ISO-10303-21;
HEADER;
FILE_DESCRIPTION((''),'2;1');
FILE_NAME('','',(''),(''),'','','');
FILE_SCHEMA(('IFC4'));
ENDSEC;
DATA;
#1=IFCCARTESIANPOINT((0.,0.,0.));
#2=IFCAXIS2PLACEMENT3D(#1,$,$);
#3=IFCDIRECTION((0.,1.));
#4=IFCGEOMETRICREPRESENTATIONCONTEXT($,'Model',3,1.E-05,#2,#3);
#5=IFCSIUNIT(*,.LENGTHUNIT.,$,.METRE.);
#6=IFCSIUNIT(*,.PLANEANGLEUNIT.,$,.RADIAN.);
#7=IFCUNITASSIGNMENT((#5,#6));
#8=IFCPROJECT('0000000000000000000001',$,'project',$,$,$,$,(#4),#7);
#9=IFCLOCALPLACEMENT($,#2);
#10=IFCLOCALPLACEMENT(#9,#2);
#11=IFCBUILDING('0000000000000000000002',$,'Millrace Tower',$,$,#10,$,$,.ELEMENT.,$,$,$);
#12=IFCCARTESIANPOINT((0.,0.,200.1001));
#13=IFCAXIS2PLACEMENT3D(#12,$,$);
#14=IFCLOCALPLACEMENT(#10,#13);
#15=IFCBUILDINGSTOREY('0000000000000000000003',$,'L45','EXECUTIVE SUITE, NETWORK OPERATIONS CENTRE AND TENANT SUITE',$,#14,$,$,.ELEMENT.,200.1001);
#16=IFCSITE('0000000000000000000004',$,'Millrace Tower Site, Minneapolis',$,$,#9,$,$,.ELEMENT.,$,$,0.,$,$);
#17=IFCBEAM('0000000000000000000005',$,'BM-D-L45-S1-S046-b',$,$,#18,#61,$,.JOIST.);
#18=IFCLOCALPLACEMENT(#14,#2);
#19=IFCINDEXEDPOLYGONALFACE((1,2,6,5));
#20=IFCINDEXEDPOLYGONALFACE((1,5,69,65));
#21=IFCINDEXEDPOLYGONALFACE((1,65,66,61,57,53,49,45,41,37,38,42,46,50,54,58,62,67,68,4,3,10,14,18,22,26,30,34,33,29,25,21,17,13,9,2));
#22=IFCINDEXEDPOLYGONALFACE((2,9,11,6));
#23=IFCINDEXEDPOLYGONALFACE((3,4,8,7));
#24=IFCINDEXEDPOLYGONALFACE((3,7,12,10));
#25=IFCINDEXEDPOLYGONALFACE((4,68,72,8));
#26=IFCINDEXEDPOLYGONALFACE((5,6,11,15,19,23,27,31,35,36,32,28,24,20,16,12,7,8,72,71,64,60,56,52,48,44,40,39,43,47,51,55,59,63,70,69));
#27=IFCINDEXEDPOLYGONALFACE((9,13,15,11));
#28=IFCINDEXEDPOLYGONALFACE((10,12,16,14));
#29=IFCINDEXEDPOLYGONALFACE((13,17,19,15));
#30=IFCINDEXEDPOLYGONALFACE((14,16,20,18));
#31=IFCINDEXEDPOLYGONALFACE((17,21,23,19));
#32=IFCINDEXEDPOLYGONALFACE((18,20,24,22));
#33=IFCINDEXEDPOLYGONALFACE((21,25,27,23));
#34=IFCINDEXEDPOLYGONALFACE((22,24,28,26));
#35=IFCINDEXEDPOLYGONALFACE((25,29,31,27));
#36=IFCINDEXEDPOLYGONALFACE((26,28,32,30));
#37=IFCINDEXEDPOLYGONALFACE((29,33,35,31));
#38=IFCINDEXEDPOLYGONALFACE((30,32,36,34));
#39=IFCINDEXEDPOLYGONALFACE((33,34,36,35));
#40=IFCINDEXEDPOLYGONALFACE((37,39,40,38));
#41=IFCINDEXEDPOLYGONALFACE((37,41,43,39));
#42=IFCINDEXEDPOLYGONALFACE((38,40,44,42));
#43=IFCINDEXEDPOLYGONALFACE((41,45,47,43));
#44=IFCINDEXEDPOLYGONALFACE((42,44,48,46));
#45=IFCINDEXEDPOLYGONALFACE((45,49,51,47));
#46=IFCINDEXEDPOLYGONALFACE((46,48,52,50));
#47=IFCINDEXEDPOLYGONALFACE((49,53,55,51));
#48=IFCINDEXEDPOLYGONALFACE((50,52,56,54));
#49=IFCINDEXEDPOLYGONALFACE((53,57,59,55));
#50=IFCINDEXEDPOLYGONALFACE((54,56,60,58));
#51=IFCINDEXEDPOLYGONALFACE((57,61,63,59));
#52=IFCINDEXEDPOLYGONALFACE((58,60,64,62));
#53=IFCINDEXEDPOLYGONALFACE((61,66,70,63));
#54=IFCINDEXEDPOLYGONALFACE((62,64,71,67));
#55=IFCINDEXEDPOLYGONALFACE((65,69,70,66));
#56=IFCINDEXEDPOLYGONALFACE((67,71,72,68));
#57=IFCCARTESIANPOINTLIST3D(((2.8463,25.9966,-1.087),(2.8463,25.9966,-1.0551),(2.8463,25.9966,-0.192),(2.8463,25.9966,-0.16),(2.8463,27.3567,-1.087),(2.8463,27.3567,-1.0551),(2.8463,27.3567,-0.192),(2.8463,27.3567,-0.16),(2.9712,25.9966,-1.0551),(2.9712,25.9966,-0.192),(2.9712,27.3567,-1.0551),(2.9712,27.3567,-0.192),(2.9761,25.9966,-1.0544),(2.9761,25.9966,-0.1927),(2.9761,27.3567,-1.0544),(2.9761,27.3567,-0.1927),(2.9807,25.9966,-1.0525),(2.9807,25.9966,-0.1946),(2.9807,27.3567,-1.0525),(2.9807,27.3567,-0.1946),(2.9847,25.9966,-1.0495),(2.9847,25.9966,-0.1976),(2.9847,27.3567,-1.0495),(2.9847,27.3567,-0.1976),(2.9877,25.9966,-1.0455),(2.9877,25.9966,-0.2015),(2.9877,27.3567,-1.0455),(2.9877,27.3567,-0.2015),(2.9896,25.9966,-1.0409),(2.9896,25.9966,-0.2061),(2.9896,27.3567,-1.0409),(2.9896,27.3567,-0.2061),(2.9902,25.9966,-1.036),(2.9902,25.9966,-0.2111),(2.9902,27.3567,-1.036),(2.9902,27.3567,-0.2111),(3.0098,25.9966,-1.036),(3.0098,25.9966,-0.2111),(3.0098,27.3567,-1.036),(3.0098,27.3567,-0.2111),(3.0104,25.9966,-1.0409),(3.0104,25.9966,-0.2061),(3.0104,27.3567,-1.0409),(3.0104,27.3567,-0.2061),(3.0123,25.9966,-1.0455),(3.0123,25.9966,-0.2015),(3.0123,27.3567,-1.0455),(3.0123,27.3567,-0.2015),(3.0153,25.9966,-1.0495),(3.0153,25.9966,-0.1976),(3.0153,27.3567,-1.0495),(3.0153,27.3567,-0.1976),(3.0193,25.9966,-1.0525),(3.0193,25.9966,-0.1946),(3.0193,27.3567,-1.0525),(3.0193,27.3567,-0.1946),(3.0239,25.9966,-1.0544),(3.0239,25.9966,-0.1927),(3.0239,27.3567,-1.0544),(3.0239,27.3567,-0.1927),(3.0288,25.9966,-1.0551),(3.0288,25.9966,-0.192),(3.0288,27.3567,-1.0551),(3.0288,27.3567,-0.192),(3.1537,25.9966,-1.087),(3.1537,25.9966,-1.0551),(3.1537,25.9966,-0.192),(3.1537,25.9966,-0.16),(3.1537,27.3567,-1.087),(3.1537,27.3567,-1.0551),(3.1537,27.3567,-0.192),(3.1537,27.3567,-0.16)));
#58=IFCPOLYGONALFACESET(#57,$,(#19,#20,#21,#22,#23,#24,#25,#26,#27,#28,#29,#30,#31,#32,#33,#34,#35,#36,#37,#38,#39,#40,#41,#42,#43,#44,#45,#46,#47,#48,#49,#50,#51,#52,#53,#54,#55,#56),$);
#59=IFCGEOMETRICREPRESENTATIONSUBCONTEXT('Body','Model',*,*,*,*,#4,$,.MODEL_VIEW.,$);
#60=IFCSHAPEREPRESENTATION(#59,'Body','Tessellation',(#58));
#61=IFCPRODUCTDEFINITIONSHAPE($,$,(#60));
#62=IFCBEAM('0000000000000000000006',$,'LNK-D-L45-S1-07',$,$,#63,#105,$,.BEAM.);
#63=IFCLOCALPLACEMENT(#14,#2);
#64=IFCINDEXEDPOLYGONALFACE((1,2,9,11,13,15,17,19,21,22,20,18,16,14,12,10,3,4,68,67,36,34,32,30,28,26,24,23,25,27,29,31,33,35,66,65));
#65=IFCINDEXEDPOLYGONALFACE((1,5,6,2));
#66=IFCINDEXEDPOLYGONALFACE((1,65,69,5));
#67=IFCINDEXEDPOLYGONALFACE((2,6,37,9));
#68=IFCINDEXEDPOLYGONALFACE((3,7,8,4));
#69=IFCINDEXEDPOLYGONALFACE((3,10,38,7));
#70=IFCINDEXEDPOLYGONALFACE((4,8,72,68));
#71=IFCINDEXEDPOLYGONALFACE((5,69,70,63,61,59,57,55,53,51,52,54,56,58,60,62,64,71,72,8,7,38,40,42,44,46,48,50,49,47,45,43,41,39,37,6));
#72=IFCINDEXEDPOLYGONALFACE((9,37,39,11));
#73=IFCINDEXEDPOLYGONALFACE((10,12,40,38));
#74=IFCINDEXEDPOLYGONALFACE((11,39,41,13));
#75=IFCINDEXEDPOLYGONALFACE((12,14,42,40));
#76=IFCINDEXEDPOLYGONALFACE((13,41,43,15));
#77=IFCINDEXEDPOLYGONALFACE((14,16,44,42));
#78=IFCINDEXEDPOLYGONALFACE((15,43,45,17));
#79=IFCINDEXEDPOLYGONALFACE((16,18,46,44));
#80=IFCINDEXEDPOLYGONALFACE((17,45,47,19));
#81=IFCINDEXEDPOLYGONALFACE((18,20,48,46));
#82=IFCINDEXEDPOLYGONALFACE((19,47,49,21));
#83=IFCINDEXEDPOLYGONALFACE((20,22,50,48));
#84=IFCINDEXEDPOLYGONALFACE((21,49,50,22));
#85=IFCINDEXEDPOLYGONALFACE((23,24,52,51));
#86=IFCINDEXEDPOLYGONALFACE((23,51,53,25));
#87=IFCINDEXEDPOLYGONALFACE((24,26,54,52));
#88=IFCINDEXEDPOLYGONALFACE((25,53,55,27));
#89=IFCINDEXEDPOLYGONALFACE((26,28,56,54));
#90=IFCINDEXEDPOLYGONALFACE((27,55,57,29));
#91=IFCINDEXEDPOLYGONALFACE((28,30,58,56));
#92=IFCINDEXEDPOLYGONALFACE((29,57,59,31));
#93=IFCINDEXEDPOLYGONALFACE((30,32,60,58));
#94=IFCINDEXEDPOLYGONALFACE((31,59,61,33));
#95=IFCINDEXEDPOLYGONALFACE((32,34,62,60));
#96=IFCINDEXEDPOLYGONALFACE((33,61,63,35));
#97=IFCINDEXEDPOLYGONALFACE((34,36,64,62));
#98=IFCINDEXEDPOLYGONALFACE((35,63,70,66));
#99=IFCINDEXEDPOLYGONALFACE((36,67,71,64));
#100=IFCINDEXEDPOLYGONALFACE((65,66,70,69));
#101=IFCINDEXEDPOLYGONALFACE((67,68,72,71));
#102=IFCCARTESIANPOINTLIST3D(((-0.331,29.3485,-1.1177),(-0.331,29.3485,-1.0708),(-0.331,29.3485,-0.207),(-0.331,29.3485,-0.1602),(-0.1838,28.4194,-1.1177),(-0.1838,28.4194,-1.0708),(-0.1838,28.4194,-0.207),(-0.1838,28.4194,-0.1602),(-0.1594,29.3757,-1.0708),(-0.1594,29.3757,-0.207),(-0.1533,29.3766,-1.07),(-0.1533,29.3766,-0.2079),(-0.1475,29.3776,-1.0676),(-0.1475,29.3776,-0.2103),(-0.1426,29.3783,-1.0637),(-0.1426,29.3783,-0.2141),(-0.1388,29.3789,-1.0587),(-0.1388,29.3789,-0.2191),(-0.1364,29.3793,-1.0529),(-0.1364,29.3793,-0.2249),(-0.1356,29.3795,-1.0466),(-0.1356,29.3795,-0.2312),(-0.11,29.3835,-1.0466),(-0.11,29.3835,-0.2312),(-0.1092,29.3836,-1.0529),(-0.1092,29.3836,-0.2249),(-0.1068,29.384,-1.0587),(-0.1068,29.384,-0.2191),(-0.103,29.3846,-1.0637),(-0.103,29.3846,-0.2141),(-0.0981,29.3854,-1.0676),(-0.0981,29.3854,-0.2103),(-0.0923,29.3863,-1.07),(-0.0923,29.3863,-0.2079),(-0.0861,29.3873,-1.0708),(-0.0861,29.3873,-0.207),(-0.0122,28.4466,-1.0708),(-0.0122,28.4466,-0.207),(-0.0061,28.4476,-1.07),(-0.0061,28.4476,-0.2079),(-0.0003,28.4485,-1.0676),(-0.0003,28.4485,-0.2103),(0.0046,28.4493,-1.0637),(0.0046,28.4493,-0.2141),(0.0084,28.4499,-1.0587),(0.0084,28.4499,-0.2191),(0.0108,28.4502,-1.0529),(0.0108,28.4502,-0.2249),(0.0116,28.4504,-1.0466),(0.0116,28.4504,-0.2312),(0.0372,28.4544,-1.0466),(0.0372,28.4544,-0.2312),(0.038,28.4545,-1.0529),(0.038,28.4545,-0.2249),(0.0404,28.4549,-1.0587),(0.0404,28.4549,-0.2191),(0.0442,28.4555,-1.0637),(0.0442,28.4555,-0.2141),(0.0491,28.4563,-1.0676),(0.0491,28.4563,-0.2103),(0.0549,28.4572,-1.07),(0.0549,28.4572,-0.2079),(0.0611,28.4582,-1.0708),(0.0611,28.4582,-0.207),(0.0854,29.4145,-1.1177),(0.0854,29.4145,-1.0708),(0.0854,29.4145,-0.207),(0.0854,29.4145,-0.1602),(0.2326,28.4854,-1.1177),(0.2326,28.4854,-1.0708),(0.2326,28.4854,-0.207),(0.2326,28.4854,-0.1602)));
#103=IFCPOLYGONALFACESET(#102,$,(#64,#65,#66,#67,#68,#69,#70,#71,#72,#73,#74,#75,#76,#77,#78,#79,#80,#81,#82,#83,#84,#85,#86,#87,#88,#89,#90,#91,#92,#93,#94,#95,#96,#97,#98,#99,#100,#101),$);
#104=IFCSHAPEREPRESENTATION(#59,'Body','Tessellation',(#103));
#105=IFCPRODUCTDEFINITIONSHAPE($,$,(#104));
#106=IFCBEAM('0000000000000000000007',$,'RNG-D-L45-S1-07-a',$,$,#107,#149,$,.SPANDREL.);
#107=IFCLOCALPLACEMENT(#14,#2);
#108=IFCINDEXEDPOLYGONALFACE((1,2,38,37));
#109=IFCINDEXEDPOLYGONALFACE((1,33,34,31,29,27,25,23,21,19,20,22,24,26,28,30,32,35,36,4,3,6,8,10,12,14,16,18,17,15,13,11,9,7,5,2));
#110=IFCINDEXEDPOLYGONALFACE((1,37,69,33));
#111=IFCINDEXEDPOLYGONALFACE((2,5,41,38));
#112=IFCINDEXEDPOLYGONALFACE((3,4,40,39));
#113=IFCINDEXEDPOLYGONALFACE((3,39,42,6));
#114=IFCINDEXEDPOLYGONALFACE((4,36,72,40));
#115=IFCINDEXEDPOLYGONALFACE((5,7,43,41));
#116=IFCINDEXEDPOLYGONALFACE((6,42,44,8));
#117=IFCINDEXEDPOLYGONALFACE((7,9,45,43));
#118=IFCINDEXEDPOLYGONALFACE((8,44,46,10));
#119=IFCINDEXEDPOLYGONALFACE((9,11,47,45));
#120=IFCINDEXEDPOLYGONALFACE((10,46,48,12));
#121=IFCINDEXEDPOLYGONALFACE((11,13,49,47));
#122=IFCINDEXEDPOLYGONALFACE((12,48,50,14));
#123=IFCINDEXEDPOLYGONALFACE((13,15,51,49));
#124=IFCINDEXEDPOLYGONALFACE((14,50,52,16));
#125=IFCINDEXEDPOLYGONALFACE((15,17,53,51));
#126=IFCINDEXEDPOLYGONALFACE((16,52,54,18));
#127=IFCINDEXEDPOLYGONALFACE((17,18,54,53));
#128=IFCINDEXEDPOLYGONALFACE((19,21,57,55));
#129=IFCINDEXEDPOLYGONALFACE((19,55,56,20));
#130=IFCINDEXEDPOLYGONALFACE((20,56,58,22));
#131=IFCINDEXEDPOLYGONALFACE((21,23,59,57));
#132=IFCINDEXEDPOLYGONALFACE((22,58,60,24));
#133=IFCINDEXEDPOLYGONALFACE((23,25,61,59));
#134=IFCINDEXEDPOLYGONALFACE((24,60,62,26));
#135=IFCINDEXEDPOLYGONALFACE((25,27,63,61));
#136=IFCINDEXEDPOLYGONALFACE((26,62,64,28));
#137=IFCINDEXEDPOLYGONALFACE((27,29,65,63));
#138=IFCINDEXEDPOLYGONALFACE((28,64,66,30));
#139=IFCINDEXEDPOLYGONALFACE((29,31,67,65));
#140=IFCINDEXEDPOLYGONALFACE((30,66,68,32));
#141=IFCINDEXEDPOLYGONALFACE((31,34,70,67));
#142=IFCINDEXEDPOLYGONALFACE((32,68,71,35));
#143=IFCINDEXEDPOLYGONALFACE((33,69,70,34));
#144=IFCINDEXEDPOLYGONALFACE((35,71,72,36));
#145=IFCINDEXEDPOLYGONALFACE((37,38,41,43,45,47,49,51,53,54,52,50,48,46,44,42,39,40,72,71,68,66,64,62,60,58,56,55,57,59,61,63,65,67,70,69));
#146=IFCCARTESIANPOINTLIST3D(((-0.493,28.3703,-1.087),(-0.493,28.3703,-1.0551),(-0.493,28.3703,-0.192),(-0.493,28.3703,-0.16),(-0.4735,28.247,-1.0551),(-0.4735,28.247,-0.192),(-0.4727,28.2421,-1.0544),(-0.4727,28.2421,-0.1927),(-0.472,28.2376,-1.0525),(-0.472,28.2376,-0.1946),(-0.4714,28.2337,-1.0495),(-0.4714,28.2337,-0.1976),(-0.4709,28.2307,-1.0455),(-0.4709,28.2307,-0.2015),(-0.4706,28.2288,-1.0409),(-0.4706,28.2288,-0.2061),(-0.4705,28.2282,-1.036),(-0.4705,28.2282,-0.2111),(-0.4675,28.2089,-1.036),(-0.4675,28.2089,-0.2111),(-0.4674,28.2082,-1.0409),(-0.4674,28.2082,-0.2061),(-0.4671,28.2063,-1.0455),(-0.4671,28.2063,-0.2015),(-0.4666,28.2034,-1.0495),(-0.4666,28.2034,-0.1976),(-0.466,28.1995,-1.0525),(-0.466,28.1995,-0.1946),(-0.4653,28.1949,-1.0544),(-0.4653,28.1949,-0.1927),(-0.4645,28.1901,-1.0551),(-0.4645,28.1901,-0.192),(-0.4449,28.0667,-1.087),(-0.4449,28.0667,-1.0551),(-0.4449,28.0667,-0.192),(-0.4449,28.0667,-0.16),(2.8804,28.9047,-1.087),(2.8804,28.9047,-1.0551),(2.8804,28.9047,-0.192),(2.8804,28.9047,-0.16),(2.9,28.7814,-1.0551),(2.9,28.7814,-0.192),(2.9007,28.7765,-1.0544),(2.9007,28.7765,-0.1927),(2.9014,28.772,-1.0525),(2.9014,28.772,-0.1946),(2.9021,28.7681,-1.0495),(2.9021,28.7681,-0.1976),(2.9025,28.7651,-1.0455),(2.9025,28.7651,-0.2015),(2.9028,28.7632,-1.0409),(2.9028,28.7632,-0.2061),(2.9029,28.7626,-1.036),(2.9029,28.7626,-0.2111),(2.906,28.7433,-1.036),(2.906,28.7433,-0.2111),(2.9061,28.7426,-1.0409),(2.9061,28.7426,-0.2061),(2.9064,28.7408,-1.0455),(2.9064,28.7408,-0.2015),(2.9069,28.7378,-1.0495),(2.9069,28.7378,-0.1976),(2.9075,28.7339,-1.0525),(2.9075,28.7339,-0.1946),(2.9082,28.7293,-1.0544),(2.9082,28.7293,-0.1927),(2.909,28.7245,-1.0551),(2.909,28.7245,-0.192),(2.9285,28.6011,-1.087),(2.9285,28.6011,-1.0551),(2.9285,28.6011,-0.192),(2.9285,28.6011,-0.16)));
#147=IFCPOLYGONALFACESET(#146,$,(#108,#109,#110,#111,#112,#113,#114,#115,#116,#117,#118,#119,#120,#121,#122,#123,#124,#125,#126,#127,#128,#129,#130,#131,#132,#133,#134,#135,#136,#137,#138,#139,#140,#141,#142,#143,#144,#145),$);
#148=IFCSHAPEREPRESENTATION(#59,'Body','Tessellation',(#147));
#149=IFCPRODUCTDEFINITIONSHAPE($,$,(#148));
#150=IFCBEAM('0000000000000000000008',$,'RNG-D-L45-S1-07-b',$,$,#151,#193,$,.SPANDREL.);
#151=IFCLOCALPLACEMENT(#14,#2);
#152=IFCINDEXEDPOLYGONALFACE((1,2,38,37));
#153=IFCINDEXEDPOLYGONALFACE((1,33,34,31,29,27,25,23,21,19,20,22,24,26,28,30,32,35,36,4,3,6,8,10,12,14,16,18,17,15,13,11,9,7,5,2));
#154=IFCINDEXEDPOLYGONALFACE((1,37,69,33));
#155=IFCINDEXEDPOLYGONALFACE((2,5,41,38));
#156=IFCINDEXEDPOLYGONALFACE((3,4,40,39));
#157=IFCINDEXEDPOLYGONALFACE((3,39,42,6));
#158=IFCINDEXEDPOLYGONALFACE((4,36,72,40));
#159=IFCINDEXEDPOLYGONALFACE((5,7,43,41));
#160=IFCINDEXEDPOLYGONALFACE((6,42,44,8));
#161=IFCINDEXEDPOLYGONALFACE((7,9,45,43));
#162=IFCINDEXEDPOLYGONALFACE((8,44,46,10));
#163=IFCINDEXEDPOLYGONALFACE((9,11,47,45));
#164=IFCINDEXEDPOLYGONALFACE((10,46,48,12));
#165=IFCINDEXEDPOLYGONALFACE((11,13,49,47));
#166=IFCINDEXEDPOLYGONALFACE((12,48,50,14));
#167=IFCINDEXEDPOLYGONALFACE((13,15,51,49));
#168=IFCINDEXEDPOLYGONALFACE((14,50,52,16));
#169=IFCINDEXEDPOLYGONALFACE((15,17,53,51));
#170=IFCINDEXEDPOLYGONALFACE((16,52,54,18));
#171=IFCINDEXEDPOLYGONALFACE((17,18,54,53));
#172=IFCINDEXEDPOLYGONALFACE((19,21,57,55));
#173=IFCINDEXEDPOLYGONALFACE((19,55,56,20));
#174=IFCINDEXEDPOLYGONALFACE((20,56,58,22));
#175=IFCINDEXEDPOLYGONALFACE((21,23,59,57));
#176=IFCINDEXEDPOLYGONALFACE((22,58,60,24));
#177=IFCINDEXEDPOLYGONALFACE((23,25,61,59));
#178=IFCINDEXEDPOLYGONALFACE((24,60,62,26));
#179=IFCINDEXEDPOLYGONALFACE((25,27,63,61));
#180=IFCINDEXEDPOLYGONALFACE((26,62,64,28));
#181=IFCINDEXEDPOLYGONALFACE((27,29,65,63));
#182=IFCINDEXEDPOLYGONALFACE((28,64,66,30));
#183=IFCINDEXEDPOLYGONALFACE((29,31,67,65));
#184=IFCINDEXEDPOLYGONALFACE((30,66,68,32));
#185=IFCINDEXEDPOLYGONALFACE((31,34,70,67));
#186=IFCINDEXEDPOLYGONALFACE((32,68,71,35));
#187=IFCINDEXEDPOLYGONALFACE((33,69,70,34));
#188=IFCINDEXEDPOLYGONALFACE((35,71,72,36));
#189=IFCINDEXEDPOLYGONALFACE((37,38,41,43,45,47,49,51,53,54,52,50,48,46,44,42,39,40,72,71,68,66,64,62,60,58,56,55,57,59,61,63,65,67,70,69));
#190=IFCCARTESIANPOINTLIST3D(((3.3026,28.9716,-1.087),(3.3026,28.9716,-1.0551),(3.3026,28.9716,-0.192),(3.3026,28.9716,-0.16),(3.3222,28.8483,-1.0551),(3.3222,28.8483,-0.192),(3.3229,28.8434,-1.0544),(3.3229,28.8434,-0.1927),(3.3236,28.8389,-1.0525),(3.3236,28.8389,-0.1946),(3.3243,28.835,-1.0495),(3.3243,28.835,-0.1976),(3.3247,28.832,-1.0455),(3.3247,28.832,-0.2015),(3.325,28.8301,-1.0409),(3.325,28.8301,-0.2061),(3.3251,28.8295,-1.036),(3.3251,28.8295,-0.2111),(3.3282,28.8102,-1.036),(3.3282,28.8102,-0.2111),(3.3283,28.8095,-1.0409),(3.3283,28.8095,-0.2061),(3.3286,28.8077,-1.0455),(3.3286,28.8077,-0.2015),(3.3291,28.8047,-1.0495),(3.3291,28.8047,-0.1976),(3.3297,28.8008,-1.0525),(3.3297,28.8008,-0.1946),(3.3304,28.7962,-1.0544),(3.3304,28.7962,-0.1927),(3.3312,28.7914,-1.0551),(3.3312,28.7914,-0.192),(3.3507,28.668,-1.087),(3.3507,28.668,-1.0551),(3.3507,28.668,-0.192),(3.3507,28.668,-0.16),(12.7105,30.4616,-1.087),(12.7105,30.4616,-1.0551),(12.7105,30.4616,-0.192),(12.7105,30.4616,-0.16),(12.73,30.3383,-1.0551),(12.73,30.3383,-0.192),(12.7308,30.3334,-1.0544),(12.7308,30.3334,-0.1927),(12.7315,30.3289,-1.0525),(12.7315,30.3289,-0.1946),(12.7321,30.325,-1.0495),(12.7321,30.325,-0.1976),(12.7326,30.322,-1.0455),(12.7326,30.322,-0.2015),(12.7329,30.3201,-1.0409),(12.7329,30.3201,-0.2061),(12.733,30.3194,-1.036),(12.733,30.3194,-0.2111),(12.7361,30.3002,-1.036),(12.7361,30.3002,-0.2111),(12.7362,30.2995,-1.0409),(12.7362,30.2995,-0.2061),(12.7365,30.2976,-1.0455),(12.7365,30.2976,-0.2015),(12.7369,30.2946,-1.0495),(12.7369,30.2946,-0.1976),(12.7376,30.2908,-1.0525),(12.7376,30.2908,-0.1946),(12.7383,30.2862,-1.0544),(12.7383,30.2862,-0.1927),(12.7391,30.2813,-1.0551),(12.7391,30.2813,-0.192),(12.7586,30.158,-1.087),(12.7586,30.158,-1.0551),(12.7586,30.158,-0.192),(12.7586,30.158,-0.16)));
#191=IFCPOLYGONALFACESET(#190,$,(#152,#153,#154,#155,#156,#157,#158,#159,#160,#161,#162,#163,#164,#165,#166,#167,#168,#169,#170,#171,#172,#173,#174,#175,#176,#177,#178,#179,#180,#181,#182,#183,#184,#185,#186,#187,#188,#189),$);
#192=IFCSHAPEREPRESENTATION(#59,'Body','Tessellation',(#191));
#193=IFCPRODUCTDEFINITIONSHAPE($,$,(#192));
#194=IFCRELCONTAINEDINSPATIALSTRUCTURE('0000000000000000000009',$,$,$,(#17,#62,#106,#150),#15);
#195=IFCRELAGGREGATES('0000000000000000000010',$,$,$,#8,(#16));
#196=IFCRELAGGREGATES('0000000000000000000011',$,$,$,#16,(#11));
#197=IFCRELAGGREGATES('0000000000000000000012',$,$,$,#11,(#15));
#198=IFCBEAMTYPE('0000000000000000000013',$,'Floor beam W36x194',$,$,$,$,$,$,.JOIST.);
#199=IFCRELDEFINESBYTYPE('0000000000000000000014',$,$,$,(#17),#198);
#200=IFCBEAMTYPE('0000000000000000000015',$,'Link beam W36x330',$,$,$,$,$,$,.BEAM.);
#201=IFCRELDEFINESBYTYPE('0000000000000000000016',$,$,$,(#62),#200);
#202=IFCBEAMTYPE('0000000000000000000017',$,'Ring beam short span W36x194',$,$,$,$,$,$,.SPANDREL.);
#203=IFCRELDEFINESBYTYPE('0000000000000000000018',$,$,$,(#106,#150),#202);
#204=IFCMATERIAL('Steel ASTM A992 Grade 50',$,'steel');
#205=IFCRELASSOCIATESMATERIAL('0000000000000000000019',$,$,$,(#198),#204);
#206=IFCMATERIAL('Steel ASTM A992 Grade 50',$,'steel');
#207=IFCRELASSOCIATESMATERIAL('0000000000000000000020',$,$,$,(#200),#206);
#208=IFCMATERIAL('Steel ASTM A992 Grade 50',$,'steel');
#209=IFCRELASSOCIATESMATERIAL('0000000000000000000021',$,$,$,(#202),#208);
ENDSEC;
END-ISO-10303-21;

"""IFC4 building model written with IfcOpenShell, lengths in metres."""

from ifc_helpers import new_model, si_unit, direction, frame, origin, origin_2d, place, context, subcontext, project, spatial, i_section, extrude, material, material_profile, profile_set, type_object, element, save


model = new_model("IFC4")

# Units and contexts
model_context = context("Model", 3, precision=1e-05, world=origin(), true_north=direction((0.0, 1.0)))
body_context = subcontext(model_context, "Body", "Model", "MODEL_VIEW")
ifc_project = project(units=[si_unit("LENGTHUNIT", "METRE"), si_unit("PLANEANGLEUNIT", "RADIAN")], contexts=[model_context])

# Site, building, storey
site_placement = place(None, origin())
site = spatial("IfcSite", under=ifc_project, at=site_placement, Name="Millrace Tower Site, Minneapolis", CompositionType="ELEMENT", RefElevation=0.0)
building_placement = place(site_placement, origin())
building = spatial("IfcBuilding", under=site, at=building_placement, Name="Millrace Tower", CompositionType="ELEMENT")
storey_placement = place(building_placement, frame((0.0, 0.0, 200.1001)))
storey = spatial("IfcBuildingStorey", under=building, at=storey_placement, Name="L45", Description="EXECUTIVE SUITE, NETWORK OPERATIONS CENTRE AND TENANT SUITE", CompositionType="ELEMENT", Elevation=200.1001)

# Beams
ifc_material_1 = material(Name="Steel ASTM A992 Grade 50", Category="steel")
ifc_material_profile_1 = material_profile(ifc_material_1, i_section(OverallWidth=0.3074, OverallDepth=0.927, WebThickness=0.0195, FlangeThickness=0.032, FilletRadius=0.019, at=origin_2d()))
ifc_profile_set_1 = profile_set([ifc_material_profile_1], Name="Steel ASTM A992 Grade 50")
beam_type_1 = type_object("IfcBeamType", Name="Floor beam W36x194", PredefinedType="JOIST", material=ifc_profile_set_1)
beam_1_placement = place(storey_placement, frame((3.0, 25.9966, -0.6235), z_axis=(0.0, 1.0, 0.0), x_axis=(-1.0, 0.0, 0.0)))
element("IfcBeam", 1, at=beam_1_placement, inside=storey, type_object=beam_type_1, Name="BM-D-L45-S1-S046-b", PredefinedType="JOIST", context=body_context, shape_type="SweptSolid", body=[
    extrude(i_section(OverallWidth=0.3074, OverallDepth=0.927, WebThickness=0.0195, FlangeThickness=0.032, FilletRadius=0.019, at=origin_2d()), origin(), (0.0, 0.0, 1.0), 1.3601),
])
ifc_material_2 = material(Name="Steel ASTM A992 Grade 50", Category="steel")
ifc_material_profile_2 = material_profile(ifc_material_2, i_section(OverallWidth=0.4216, OverallDepth=0.9575, WebThickness=0.0259, FlangeThickness=0.0469, FilletRadius=0.0242, at=origin_2d()))
ifc_profile_set_2 = profile_set([ifc_material_profile_2], Name="Steel ASTM A992 Grade 50")
beam_type_2 = type_object("IfcBeamType", Name="Link beam W36x330", PredefinedType="BEAM", material=ifc_profile_set_2)
beam_2_placement = place(storey_placement, frame((0.0244, 28.4524, -0.6389), z_axis=(-0.156482, 0.987681, 0.0), x_axis=(-0.987681, -0.156482, 0.0)))
element("IfcBeam", 2, at=beam_2_placement, inside=storey, type_object=beam_type_2, Name="LNK-D-L45-S1-07", PredefinedType="BEAM", context=body_context, shape_type="SweptSolid", body=[
    extrude(i_section(OverallWidth=0.4216, OverallDepth=0.9575, WebThickness=0.0259, FlangeThickness=0.0469, FilletRadius=0.0242, at=origin_2d()), origin(), (0.0, 0.0, 1.0), 0.9407),
])
ifc_material_3 = material(Name="Steel ASTM A992 Grade 50", Category="steel")
ifc_material_profile_3 = material_profile(ifc_material_3, i_section(OverallWidth=0.3074, OverallDepth=0.927, WebThickness=0.0195, FlangeThickness=0.032, FilletRadius=0.019, at=origin_2d()))
ifc_profile_set_3 = profile_set([ifc_material_profile_3], Name="Steel ASTM A992 Grade 50")
beam_type_3 = type_object("IfcBeamType", Name="Ring beam short span W36x194", PredefinedType="SPANDREL", material=ifc_profile_set_3)
beam_3_placement = place(storey_placement, frame((-0.469, 28.2185, -0.6235), z_axis=(0.987683, 0.156465, 0.0), x_axis=(-0.156465, 0.987683, 0.0)))
element("IfcBeam", 3, at=beam_3_placement, inside=storey, type_object=beam_type_3, Name="RNG-D-L45-S1-07-a", PredefinedType="SPANDREL", context=body_context, shape_type="SweptSolid", body=[
    extrude(i_section(OverallWidth=0.3074, OverallDepth=0.927, WebThickness=0.0195, FlangeThickness=0.032, FilletRadius=0.019, at=origin_2d()), origin(), (0.0, 0.0, 1.0), 3.4155),
])
beam_4_placement = place(storey_placement, frame((3.3267, 28.8198, -0.6235), z_axis=(0.98769, 0.156426, 0.0), x_axis=(-0.156426, 0.98769, 0.0)))
element("IfcBeam", 4, at=beam_4_placement, inside=storey, type_object=beam_type_3, Name="RNG-D-L45-S1-07-b", PredefinedType="SPANDREL", context=body_context, shape_type="SweptSolid", body=[
    extrude(i_section(OverallWidth=0.3074, OverallDepth=0.927, WebThickness=0.0195, FlangeThickness=0.032, FilletRadius=0.019, at=origin_2d()), origin(), (0.0, 0.0, 1.0), 9.5251),
])

save(model, "model.ifc")
